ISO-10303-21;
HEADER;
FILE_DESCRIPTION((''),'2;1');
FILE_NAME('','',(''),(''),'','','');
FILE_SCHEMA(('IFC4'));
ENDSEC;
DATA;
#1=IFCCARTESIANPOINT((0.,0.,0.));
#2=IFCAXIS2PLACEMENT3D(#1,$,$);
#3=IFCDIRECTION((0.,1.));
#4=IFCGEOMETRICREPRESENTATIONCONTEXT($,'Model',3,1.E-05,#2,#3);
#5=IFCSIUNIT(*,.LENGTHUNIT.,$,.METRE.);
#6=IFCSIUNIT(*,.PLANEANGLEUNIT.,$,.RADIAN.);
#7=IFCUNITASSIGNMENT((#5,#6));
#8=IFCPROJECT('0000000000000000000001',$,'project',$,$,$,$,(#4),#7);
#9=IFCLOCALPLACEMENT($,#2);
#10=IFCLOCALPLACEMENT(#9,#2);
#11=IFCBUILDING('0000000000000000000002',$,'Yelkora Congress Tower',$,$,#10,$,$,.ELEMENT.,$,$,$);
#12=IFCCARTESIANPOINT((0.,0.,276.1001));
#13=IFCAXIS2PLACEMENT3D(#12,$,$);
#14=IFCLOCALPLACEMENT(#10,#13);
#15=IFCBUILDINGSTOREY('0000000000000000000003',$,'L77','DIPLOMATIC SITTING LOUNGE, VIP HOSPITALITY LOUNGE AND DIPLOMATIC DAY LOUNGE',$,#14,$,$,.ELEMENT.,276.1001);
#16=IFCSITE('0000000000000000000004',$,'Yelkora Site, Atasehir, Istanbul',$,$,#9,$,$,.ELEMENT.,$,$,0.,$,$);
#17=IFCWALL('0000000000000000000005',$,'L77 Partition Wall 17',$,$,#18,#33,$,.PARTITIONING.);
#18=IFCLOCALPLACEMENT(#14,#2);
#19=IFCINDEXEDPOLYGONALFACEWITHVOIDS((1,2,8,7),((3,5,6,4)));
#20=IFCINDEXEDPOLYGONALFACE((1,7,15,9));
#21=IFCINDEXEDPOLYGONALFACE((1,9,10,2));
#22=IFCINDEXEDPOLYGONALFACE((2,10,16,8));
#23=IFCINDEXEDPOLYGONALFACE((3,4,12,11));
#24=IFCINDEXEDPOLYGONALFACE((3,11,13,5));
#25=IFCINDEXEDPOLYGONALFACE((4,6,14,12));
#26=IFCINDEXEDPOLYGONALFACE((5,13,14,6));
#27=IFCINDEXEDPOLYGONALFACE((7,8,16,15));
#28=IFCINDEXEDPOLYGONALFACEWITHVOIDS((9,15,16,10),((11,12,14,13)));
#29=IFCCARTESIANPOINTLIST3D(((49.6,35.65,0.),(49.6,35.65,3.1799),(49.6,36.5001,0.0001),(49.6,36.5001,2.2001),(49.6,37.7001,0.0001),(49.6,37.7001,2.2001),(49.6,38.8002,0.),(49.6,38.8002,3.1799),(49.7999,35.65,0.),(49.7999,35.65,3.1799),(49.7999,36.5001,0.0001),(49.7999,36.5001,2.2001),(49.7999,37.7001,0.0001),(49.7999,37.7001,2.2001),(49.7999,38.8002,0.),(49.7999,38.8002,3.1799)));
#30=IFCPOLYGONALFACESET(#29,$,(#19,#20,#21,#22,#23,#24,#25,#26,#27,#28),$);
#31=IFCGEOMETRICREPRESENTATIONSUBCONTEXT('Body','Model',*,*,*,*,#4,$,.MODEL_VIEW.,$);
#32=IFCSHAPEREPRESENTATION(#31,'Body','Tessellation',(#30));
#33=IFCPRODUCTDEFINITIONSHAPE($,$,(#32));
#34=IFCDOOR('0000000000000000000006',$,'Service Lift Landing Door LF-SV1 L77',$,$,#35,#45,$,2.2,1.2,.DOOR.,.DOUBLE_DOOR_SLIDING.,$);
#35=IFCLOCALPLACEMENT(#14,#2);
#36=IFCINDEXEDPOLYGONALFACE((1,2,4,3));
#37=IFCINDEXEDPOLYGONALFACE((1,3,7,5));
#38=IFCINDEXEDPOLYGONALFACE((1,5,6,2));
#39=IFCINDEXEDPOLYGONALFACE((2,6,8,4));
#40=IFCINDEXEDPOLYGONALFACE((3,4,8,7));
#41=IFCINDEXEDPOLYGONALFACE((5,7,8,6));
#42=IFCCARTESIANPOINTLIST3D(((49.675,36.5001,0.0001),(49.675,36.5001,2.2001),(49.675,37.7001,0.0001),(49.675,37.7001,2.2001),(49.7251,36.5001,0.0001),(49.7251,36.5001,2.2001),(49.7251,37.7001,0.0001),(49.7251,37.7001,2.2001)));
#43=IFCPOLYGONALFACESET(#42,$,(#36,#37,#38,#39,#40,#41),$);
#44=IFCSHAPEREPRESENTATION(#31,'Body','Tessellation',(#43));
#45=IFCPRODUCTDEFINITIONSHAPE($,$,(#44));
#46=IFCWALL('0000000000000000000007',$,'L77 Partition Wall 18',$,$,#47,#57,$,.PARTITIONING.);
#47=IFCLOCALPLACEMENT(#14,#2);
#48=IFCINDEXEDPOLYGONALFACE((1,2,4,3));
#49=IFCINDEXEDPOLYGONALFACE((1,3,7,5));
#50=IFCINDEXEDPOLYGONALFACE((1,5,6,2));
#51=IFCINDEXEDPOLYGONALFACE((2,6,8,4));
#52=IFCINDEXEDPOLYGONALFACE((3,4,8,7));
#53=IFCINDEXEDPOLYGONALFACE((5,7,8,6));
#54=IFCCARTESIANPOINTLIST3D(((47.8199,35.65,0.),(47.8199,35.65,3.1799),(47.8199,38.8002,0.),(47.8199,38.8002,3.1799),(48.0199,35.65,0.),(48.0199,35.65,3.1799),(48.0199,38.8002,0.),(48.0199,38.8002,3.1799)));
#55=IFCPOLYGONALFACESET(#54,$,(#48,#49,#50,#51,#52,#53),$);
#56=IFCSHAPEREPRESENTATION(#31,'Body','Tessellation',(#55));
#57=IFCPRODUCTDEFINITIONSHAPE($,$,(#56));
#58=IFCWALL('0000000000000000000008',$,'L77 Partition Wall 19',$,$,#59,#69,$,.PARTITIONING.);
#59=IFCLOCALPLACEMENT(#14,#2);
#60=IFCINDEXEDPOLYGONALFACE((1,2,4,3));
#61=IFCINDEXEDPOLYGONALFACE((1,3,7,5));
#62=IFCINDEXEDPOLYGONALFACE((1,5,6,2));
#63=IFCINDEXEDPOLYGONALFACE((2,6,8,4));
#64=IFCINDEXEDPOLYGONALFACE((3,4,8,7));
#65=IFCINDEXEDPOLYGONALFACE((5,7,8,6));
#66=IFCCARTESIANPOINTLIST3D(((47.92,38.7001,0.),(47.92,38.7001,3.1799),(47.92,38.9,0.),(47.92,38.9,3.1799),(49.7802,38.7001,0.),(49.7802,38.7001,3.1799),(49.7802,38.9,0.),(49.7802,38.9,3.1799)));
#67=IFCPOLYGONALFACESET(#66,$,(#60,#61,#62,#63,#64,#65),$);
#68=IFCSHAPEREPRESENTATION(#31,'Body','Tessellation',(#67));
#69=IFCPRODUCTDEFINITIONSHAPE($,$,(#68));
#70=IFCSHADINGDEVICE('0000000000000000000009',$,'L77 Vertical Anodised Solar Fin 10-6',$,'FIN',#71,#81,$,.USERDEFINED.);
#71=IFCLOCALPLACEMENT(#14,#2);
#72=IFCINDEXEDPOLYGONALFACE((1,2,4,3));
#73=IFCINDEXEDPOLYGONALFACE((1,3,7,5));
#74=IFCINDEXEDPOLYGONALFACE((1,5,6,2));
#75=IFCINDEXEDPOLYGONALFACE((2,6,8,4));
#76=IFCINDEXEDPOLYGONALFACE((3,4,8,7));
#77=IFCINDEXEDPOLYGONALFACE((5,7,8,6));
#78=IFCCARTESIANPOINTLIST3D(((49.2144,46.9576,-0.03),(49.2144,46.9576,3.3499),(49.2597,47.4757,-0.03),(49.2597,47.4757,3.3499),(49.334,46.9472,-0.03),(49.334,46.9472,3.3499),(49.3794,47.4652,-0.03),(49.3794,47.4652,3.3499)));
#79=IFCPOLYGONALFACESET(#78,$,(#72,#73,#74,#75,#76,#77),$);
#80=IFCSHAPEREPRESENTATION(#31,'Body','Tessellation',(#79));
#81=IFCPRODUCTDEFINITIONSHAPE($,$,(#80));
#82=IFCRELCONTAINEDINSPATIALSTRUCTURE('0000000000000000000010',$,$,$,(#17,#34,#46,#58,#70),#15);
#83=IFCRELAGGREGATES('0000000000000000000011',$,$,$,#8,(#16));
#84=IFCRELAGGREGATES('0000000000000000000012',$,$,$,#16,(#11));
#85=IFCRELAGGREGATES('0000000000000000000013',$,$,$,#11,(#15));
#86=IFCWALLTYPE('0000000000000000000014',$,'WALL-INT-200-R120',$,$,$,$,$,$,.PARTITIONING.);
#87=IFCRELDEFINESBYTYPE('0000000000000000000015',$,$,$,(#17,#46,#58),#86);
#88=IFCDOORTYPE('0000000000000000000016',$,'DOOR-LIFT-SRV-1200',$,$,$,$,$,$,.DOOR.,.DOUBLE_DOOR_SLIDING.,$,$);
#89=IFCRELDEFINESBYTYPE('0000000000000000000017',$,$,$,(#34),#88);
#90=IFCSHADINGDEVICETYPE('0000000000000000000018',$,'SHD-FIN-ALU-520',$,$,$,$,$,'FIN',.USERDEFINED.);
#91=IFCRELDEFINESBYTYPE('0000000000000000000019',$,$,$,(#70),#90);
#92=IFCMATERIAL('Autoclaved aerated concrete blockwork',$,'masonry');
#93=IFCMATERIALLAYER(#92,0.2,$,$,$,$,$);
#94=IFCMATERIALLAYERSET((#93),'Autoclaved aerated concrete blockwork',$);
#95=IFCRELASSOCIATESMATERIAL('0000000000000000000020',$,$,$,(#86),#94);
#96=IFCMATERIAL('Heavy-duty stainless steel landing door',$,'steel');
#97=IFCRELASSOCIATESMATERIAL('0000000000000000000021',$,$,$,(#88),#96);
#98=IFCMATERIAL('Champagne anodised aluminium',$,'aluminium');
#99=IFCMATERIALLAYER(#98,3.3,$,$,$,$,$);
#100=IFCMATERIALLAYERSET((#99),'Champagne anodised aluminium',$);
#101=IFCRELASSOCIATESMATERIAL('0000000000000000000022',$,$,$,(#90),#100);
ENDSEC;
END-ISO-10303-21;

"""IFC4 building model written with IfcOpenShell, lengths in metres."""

from ifc_helpers import new_model, si_unit, direction, frame, frame_2d, origin, origin_2d, place, context, subcontext, project, spatial, rectangle, extrude, material, layer, layer_set, type_object, element, fill, save


model = new_model("IFC4")

# Units and contexts
model_context = context("Model", 3, precision=1e-05, world=origin(), true_north=direction((0.0, 1.0)))
body_context = subcontext(model_context, "Body", "Model", "MODEL_VIEW")
ifc_project = project(units=[si_unit("LENGTHUNIT", "METRE"), si_unit("PLANEANGLEUNIT", "RADIAN")], contexts=[model_context])

# Site, building, storey
site_placement = place(None, origin())
site = spatial("IfcSite", under=ifc_project, at=site_placement, Name="Yelkora Site, Atasehir, Istanbul", CompositionType="ELEMENT", RefElevation=0.0)
building_placement = place(site_placement, origin())
building = spatial("IfcBuilding", under=site, at=building_placement, Name="Yelkora Congress Tower", CompositionType="ELEMENT")
storey_placement = place(building_placement, frame((0.0, 0.0, 276.1001)))
storey = spatial("IfcBuildingStorey", under=building, at=storey_placement, Name="L77", Description="DIPLOMATIC SITTING LOUNGE, VIP HOSPITALITY LOUNGE AND DIPLOMATIC DAY LOUNGE", CompositionType="ELEMENT", Elevation=276.1001)

# Wall, opening, door
ifc_material_1 = material(Name="Autoclaved aerated concrete blockwork", Category="masonry")
ifc_layer_1 = layer(ifc_material_1, 0.2)
ifc_layer_set_1 = layer_set([ifc_layer_1], Name="Autoclaved aerated concrete blockwork")
wall_type_1 = type_object("IfcWallType", Name="WALL-INT-200-R120", PredefinedType="PARTITIONING", material=ifc_layer_set_1)
wall_1_placement = place(storey_placement, frame((49.7, 35.6499, 0.0), z_axis=(0.0, 0.0, 1.0), x_axis=(0.0, 1.0, 0.0)))
wall_1 = element("IfcWall", 1, at=wall_1_placement, inside=storey, type_object=wall_type_1, Name="L77 Partition Wall 17", PredefinedType="PARTITIONING", context=body_context, shape_type="SweptSolid", body=[
    extrude(rectangle(XDim=3.1501, YDim=0.2, at=frame_2d((1.5752, 0.0))), origin(), (0.0, 0.0, 1.0), 3.1799),
])
opening_1_placement = place(wall_1_placement, frame((0.8501, 0.0, 0.0)))
opening_1 = element("IfcOpeningElement", 2, at=opening_1_placement, cuts=wall_1, PredefinedType="OPENING", context=body_context, shape_type="SweptSolid", body=[
    extrude(rectangle(XDim=1.2, YDim=2.2, at=frame_2d((0.6001, 1.1001))), frame((0.0, 0.1099, 0.0), z_axis=(0.0, -1.0, 0.0), x_axis=(1.0, 0.0, 0.0)), (0.0, 0.0, 1.0), 0.22),
])
ifc_material_2 = material(Name="Heavy-duty stainless steel landing door", Category="steel")
door_type_1 = type_object("IfcDoorType", Name="DOOR-LIFT-SRV-1200", OperationType="DOUBLE_DOOR_SLIDING", PredefinedType="DOOR", material=ifc_material_2)
door_1_placement = place(opening_1_placement, origin())
door_1 = element("IfcDoor", 3, at=door_1_placement, inside=storey, type_object=door_type_1, Name="Service Lift Landing Door LF-SV1 L77", OperationType="DOUBLE_DOOR_SLIDING", OverallHeight=2.2, OverallWidth=1.2, PredefinedType="DOOR", context=body_context, shape_type="SweptSolid", body=[
    extrude(rectangle(XDim=1.2, YDim=2.2, at=frame_2d((0.6001, 1.1001))), frame((0.0, 0.0249, 0.0), z_axis=(0.0, -1.0, 0.0), x_axis=(1.0, 0.0, 0.0)), (0.0, 0.0, 1.0), 0.05),
])
fill(opening_1, door_1)

# Walls
wall_2_placement = place(storey_placement, frame((47.9199, 35.6499, 0.0), z_axis=(0.0, 0.0, 1.0), x_axis=(0.0, 1.0, 0.0)))
element("IfcWall", 4, at=wall_2_placement, inside=storey, type_object=wall_type_1, Name="L77 Partition Wall 18", PredefinedType="PARTITIONING", context=body_context, shape_type="SweptSolid", body=[
    extrude(rectangle(XDim=3.1501, YDim=0.2, at=frame_2d((1.5752, 0.0))), origin(), (0.0, 0.0, 1.0), 3.1799),
])
wall_3_placement = place(storey_placement, frame((47.9199, 38.8, 0.0), z_axis=(0.0, 0.0, 1.0), x_axis=(1.0, 0.0, 0.0)))
element("IfcWall", 5, at=wall_3_placement, inside=storey, type_object=wall_type_1, Name="L77 Partition Wall 19", PredefinedType="PARTITIONING", context=body_context, shape_type="SweptSolid", body=[
    extrude(rectangle(XDim=1.8601, YDim=0.2, at=frame_2d((0.9302, 0.0))), origin(), (0.0, 0.0, 1.0), 3.1799),
])

# Shading device
ifc_material_3 = material(Name="Champagne anodised aluminium", Category="aluminium")
ifc_layer_2 = layer(ifc_material_3, 3.3)
ifc_layer_set_2 = layer_set([ifc_layer_2], Name="Champagne anodised aluminium")
shading_device_type = type_object("IfcShadingDeviceType", Name="SHD-FIN-ALU-520", ElementType="FIN", PredefinedType="USERDEFINED", material=ifc_layer_set_2)
shading_device_placement = place(storey_placement, frame((49.2969, 47.2114, -0.03), z_axis=(0.0, 0.0, 1.0), x_axis=(0.996195, -0.087156, 0.0)))
element("IfcShadingDevice", 6, at=shading_device_placement, inside=storey, type_object=shading_device_type, Name="L77 Vertical Anodised Solar Fin 10-6", ObjectType="FIN", PredefinedType="USERDEFINED", context=body_context, shape_type="SweptSolid", body=[
    extrude(rectangle(XDim=0.1201, YDim=0.52, at=origin_2d()), origin(), (0.0, 0.0, 1.0), 3.3799),
])

save(model, "model.ifc")
